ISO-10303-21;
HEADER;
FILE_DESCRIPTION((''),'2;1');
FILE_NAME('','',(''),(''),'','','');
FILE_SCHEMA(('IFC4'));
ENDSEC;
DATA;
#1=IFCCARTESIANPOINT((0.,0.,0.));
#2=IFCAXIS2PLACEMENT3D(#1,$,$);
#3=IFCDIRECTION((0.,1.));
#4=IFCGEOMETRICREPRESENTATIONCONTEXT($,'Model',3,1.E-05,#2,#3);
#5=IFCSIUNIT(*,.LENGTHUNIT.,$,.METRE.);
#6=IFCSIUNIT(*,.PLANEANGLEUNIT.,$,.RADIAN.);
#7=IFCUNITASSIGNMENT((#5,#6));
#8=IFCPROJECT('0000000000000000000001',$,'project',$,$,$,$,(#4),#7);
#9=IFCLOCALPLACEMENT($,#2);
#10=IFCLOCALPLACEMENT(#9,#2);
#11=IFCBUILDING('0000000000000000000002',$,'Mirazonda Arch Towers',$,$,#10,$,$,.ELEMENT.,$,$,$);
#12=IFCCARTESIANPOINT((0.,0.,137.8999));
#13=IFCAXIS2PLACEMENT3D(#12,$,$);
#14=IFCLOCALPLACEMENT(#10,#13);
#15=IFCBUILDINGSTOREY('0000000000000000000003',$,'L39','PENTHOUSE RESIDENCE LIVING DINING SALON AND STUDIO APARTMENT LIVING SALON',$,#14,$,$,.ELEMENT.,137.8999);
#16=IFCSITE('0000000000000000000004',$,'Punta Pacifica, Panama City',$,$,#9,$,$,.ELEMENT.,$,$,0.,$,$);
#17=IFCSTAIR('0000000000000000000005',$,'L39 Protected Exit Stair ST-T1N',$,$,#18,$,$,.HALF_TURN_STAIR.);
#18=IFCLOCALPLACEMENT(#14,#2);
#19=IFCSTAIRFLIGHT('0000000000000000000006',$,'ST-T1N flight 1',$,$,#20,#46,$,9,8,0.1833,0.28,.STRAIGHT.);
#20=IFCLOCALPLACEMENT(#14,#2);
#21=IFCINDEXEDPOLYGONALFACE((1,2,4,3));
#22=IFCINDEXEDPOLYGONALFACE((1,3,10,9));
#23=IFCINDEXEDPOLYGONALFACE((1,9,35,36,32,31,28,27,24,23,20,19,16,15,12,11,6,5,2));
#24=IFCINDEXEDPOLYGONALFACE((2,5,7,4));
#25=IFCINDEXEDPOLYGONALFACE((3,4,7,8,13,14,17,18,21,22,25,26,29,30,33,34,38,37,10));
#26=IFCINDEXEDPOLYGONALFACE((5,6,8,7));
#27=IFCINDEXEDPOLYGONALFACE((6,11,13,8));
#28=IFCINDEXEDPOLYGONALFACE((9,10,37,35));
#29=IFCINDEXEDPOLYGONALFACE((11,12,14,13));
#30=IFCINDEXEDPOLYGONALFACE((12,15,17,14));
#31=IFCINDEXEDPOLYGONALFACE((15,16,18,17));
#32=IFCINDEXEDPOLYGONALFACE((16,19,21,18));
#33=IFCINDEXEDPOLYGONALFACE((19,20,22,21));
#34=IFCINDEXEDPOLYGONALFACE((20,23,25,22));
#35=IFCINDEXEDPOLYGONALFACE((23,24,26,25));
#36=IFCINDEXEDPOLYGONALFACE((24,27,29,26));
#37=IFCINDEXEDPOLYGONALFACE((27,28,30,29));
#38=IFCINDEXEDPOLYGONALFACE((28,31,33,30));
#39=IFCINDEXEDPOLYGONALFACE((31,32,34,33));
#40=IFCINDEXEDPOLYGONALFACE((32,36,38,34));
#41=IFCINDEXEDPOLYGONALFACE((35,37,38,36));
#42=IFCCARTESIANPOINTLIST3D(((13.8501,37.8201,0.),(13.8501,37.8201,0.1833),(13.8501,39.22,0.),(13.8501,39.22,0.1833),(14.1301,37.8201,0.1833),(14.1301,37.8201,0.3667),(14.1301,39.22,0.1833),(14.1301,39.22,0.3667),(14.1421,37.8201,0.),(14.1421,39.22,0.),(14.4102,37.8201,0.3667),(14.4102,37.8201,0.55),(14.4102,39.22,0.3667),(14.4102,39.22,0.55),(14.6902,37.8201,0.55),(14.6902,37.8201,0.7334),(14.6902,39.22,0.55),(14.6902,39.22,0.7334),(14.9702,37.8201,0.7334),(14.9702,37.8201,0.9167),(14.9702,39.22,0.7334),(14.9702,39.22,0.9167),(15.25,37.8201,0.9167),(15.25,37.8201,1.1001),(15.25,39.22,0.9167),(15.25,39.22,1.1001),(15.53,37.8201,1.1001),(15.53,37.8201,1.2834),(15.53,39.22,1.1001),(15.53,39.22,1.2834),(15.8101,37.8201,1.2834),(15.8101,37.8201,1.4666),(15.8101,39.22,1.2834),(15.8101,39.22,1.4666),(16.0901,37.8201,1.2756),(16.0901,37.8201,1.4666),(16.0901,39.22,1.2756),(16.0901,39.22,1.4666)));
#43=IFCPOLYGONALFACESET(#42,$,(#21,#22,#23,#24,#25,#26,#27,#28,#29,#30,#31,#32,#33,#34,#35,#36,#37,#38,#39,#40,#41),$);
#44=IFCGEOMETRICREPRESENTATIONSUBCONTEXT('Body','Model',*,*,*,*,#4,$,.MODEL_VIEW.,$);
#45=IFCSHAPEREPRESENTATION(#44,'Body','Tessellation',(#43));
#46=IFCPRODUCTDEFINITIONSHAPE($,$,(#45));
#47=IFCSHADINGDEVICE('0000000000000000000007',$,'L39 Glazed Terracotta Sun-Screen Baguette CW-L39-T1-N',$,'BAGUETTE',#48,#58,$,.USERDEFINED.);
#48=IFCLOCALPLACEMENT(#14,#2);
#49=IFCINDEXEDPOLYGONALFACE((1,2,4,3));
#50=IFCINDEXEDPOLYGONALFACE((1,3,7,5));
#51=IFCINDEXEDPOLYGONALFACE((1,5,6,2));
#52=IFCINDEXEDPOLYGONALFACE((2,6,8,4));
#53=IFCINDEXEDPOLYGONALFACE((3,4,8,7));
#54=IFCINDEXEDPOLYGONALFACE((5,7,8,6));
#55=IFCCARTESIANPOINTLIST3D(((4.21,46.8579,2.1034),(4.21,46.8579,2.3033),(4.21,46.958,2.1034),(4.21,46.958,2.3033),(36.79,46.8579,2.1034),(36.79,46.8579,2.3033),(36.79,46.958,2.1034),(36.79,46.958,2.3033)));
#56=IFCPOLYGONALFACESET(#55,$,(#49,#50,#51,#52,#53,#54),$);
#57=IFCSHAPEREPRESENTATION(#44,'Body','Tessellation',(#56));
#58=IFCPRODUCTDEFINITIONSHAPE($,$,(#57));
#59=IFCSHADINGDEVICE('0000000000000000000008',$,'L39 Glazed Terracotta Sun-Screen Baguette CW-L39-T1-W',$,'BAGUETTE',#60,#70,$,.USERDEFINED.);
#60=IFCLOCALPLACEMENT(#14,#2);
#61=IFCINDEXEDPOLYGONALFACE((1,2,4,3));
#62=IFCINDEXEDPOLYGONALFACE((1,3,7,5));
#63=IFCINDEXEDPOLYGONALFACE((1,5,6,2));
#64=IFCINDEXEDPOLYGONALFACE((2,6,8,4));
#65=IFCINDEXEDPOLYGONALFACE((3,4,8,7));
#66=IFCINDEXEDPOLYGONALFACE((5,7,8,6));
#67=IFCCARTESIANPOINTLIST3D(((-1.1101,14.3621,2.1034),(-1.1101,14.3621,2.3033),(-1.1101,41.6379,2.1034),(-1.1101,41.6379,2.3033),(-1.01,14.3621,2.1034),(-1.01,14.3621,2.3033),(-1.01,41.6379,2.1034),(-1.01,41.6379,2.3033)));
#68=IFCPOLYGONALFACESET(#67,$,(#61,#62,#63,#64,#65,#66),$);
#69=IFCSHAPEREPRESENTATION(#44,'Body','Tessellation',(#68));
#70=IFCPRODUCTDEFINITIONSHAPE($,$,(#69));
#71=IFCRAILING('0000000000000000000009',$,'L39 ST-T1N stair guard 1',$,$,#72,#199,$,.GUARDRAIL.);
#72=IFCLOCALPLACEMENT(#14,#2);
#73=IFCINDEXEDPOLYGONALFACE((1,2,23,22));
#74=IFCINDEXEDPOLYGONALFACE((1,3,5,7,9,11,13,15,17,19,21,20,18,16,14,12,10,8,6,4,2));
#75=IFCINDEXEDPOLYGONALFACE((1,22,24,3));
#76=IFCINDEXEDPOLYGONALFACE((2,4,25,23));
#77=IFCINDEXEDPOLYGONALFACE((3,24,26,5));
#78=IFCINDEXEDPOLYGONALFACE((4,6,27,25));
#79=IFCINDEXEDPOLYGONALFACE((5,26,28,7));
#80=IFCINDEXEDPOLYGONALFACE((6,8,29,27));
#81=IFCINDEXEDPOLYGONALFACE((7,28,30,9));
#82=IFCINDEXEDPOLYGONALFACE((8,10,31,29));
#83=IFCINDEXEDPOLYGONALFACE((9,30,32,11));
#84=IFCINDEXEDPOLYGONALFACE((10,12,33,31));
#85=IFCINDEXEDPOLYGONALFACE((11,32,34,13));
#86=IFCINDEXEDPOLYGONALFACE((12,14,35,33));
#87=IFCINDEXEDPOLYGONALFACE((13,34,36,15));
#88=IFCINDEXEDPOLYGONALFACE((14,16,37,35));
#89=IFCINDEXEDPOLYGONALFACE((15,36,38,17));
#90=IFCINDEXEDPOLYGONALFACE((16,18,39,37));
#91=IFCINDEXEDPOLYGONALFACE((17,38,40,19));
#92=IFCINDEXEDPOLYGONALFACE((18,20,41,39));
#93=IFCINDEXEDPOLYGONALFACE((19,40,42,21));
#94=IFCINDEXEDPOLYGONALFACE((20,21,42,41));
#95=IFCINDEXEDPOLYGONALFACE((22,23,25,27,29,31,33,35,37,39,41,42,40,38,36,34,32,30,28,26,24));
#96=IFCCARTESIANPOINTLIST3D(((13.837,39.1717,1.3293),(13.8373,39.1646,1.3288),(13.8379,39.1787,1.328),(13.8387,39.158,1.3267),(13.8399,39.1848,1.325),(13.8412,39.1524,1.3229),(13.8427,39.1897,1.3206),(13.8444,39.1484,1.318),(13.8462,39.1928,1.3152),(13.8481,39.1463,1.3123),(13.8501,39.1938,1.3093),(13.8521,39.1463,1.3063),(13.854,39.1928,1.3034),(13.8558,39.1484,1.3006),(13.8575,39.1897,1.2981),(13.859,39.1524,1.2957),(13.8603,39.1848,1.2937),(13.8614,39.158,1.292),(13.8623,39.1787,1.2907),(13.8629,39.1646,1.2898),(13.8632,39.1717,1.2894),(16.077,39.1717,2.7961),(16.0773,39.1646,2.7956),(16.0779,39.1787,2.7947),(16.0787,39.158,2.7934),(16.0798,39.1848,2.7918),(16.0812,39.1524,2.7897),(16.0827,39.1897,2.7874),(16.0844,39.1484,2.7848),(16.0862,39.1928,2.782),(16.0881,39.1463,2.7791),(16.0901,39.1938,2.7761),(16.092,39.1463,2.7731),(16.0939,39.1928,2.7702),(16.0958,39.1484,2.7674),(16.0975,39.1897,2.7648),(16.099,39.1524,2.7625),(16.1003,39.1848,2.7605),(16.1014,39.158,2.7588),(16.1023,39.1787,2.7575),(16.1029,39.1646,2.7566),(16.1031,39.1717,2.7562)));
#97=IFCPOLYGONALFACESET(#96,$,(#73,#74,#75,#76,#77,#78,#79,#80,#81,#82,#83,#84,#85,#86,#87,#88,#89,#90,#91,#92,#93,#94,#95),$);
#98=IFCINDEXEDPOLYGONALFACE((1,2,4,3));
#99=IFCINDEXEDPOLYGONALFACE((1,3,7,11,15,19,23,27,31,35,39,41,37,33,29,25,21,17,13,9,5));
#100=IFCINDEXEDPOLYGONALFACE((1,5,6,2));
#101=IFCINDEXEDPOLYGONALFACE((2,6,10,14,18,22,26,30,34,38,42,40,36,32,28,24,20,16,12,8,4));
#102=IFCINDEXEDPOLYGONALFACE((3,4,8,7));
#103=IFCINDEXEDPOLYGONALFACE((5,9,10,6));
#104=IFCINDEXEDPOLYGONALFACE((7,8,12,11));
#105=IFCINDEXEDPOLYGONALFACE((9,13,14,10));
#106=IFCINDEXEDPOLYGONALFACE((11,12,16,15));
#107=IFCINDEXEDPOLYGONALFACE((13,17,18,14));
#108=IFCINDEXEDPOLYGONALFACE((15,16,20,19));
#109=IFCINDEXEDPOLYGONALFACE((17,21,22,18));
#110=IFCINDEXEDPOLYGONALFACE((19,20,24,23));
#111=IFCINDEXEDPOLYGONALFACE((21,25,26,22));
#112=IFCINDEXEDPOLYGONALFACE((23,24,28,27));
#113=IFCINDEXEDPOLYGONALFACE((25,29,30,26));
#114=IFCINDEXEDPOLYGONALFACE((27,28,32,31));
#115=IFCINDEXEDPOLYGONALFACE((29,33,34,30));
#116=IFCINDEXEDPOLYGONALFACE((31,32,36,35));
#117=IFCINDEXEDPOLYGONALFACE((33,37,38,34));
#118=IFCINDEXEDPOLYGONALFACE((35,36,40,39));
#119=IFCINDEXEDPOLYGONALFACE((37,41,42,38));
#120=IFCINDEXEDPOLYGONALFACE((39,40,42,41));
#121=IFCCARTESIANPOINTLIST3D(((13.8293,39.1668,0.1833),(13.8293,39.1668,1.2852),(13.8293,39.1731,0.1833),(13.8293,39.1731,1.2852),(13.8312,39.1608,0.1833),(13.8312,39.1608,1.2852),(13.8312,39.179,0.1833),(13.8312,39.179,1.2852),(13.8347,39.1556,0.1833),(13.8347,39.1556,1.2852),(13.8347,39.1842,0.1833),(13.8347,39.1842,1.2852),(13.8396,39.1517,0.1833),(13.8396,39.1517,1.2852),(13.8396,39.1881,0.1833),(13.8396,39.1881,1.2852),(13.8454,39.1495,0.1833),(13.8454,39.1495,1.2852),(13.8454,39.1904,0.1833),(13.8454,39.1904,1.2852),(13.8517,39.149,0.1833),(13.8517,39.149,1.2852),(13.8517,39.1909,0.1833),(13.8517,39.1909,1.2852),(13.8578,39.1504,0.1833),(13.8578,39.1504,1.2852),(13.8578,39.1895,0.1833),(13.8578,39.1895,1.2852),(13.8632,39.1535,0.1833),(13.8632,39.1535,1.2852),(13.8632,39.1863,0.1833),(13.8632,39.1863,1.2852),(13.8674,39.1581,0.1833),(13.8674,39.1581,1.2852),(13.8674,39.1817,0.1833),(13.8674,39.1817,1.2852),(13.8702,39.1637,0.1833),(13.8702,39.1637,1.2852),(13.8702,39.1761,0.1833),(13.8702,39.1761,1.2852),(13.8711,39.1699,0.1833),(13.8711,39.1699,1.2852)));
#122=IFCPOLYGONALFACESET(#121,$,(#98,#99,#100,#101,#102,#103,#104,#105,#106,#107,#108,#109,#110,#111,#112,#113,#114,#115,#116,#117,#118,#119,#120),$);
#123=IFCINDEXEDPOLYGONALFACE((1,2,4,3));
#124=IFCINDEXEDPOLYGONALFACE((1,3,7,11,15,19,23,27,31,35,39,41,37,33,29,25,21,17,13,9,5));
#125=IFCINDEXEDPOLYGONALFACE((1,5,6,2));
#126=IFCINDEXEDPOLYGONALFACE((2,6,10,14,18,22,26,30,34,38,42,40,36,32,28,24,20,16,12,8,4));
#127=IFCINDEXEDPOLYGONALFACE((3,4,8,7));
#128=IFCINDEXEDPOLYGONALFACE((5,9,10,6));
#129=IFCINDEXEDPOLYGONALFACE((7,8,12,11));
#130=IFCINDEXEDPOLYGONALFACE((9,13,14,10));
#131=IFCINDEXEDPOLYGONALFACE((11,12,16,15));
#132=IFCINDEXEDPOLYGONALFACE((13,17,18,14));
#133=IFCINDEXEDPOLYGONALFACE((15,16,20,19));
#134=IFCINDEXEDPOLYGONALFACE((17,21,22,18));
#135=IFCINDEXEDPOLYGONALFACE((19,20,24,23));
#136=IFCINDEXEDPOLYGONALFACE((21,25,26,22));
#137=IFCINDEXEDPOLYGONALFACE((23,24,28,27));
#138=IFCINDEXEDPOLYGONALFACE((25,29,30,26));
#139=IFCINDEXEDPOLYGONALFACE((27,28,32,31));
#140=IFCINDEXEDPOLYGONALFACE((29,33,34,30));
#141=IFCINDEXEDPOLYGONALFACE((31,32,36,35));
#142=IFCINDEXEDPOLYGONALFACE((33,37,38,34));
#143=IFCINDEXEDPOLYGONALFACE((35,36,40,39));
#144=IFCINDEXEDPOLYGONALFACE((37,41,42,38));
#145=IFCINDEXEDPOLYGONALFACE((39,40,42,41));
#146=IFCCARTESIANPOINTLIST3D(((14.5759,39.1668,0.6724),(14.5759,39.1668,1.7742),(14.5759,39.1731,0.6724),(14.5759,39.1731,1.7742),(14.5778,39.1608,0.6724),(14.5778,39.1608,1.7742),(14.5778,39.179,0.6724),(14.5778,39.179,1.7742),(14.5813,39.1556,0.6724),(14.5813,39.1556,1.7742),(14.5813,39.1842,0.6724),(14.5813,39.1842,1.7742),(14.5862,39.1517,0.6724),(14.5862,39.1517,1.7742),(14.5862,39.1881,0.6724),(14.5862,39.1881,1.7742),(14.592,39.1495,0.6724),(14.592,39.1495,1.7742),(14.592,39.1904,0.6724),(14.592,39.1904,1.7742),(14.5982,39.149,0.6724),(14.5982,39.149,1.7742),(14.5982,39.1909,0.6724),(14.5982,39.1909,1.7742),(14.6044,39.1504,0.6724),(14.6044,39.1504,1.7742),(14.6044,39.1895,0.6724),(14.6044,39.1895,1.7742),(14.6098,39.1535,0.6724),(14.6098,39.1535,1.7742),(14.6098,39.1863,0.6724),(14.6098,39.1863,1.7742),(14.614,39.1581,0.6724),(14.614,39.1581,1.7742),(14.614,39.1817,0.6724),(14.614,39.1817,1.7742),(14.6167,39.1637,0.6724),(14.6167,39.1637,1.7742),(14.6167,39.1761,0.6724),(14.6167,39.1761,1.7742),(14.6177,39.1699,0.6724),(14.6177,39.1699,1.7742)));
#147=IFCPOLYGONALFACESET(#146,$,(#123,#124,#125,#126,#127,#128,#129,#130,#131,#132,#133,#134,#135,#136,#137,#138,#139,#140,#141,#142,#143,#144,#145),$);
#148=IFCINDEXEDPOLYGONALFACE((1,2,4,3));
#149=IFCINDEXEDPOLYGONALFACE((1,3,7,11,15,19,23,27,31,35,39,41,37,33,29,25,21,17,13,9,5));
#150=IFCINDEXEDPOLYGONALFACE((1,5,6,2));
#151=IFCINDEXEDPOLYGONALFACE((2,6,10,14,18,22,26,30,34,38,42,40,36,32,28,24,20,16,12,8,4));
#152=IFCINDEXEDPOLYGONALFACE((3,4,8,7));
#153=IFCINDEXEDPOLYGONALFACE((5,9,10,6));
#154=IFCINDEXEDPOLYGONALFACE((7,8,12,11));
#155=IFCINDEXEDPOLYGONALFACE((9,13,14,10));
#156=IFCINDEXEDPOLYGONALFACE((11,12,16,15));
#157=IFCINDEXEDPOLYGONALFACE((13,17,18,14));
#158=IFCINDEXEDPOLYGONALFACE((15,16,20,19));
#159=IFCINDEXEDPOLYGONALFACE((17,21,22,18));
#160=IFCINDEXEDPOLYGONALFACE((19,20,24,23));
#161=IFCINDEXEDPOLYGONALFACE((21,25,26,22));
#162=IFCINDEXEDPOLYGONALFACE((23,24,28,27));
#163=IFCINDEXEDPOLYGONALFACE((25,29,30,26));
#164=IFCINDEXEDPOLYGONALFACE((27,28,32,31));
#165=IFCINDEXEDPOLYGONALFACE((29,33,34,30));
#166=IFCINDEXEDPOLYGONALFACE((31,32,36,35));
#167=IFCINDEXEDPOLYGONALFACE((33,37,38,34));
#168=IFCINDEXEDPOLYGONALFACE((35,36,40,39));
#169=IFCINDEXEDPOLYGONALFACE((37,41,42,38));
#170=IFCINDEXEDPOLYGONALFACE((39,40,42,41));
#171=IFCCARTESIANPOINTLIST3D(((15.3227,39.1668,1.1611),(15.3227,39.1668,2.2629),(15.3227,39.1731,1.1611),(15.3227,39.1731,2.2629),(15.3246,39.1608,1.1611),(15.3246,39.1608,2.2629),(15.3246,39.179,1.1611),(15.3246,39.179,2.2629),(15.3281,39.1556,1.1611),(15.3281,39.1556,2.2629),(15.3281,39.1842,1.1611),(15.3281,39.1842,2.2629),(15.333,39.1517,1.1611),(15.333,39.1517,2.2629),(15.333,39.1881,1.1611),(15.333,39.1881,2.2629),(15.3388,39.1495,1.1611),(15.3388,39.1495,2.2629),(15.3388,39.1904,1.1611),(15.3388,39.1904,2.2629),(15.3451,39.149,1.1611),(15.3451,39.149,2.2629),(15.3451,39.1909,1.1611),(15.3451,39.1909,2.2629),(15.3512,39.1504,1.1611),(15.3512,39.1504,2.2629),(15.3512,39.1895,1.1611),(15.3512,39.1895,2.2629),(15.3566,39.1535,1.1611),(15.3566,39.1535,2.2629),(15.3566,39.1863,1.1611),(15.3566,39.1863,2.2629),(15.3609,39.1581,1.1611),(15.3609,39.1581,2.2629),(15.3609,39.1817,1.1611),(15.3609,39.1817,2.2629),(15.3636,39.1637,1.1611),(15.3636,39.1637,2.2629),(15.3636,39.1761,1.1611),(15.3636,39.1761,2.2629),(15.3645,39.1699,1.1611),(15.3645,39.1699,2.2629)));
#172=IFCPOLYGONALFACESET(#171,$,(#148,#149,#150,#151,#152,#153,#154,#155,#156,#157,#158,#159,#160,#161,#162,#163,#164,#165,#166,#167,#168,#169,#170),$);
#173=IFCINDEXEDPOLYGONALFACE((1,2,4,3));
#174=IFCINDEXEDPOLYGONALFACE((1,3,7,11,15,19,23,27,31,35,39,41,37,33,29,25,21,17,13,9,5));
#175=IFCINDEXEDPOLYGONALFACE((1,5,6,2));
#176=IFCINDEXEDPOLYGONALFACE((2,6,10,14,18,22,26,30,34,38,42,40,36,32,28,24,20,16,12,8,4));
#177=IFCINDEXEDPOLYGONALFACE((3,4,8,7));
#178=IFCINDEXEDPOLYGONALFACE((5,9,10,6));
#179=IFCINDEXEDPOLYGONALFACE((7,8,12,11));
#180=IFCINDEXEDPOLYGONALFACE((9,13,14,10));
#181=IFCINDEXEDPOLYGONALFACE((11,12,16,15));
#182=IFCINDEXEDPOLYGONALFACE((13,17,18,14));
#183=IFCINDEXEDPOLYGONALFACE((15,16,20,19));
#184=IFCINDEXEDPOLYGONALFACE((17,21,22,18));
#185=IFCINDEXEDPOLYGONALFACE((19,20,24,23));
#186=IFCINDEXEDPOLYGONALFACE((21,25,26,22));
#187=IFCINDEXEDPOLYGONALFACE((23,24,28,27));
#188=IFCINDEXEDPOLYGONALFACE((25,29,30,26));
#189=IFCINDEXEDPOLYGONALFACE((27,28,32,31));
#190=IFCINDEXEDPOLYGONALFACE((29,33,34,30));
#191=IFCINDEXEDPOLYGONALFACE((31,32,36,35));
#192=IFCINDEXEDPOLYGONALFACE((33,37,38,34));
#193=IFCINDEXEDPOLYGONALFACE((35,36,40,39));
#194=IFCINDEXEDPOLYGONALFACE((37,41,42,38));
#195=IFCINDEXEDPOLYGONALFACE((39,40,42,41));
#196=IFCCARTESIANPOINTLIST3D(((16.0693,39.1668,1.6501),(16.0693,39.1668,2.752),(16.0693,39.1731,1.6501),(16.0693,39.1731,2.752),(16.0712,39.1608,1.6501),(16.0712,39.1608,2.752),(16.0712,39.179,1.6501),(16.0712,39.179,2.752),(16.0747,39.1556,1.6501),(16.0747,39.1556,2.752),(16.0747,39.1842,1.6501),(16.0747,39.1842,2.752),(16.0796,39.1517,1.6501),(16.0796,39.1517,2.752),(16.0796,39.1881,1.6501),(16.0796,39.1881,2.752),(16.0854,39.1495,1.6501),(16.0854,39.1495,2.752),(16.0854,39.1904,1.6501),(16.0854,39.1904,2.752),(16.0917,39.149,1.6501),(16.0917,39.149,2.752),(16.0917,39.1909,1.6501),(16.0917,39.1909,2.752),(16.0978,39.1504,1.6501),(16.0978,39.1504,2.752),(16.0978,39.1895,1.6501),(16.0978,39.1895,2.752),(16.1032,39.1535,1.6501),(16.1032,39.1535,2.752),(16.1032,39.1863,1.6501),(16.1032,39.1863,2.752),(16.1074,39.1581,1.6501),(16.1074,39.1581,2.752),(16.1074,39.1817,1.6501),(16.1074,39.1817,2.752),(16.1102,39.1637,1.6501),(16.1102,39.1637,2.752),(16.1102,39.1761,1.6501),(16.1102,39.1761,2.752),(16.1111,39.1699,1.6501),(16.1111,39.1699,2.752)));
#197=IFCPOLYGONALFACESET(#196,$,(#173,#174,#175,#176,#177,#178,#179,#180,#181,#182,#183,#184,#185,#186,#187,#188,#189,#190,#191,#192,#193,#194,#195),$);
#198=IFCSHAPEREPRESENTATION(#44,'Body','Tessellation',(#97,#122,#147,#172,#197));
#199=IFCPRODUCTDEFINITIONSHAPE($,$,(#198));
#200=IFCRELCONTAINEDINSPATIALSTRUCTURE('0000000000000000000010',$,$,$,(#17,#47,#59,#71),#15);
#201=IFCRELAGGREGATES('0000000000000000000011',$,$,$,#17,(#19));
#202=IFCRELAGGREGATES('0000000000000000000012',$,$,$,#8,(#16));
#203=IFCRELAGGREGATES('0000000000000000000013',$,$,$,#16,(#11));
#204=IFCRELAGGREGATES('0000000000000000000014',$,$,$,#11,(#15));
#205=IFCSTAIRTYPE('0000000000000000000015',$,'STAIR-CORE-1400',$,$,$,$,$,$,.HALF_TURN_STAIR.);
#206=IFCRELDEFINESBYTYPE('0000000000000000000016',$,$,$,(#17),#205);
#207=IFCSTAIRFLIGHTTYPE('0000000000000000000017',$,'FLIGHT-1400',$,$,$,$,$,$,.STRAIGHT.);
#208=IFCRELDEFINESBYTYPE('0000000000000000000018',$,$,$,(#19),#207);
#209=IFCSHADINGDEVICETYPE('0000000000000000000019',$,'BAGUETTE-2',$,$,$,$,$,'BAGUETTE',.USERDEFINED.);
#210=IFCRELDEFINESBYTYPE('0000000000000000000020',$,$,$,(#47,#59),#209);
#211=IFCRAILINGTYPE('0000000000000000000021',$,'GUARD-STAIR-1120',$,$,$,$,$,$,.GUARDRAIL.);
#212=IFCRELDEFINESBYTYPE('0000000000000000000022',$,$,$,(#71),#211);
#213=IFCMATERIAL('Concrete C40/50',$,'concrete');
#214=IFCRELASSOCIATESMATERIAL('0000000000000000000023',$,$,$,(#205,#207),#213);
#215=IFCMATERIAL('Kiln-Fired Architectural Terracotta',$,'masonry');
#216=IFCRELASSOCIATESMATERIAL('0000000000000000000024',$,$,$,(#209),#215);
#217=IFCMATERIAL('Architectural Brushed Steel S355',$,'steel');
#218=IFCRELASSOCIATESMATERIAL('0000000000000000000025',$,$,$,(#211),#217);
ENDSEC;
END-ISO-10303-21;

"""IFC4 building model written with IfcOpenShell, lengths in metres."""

from ifc_helpers import new_model, si_unit, direction, frame, origin, origin_2d, place, context, subcontext, project, spatial, polyline, rectangle, circle, outline, extrude, material, material_profile, profile_set, type_object, element, aggregate, save


model = new_model("IFC4")

# Units and contexts
model_context = context("Model", 3, precision=1e-05, world=origin(), true_north=direction((0.0, 1.0)))
body_context = subcontext(model_context, "Body", "Model", "MODEL_VIEW")
ifc_project = project(units=[si_unit("LENGTHUNIT", "METRE"), si_unit("PLANEANGLEUNIT", "RADIAN")], contexts=[model_context])

# Site, building, storey
site_placement = place(None, origin())
site = spatial("IfcSite", under=ifc_project, at=site_placement, Name="Punta Pacifica, Panama City", CompositionType="ELEMENT", RefElevation=0.0)
building_placement = place(site_placement, origin())
building = spatial("IfcBuilding", under=site, at=building_placement, Name="Mirazonda Arch Towers", CompositionType="ELEMENT")
storey_placement = place(building_placement, frame((0.0, 0.0, 137.8999)))
storey = spatial("IfcBuildingStorey", under=building, at=storey_placement, Name="L39", Description="PENTHOUSE RESIDENCE LIVING DINING SALON AND STUDIO APARTMENT LIVING SALON", CompositionType="ELEMENT", Elevation=137.8999)

# Shared definitions
ifc_material_1 = material(Name="Architectural Brushed Steel S355", Category="steel")

# Stair, stair flight
ifc_material_2 = material(Name="Concrete C40/50", Category="concrete")
stair_type = type_object("IfcStairType", Name="STAIR-CORE-1400", PredefinedType="HALF_TURN_STAIR", material=ifc_material_2)
stair_placement = place(storey_placement, origin())
stair = element("IfcStair", 1, at=stair_placement, inside=storey, type_object=stair_type, Name="L39 Protected Exit Stair ST-T1N", PredefinedType="HALF_TURN_STAIR")
stair_flight_type = type_object("IfcStairFlightType", Name="FLIGHT-1400", PredefinedType="STRAIGHT", material=ifc_material_2)
stair_flight_placement = place(storey_placement, frame((13.8501, 38.52, 0.0), z_axis=(0.0, 0.0, 1.0), x_axis=(1.0, 0.0, 0.0)))
stair_flight = element("IfcStairFlight", 2, at=stair_flight_placement, type_object=stair_flight_type, Name="ST-T1N flight 1", NumberOfRisers=9, NumberOfTreads=8, PredefinedType="STRAIGHT", RiserHeight=0.1833, TreadLength=0.28, context=body_context, shape_type="SweptSolid", body=[
    extrude(outline(polyline([(0.0, 0.0), (0.0, 0.1833), (0.28, 0.1833), (0.28, 0.3667), (0.5601, 0.3667), (0.5601, 0.55), (0.8401, 0.55), (0.8401, 0.7334), (1.1201, 0.7334), (1.1201, 0.9167), (1.3999, 0.9167), (1.3999, 1.1001), (1.6799, 1.1001), (1.6799, 1.2834), (1.96, 1.2834), (1.96, 1.4666), (2.24, 1.4666), (2.24, 1.6499), (2.24, 1.2756), (0.292, 0.0), (0.0, 0.0)])), frame((0.0, 0.7, 0.0), z_axis=(0.0, -1.0, 0.0), x_axis=(1.0, 0.0, 0.0)), (0.0, 0.0, 1.0), 1.3999),
])
aggregate(stair, [stair_flight])

# Shading devices
ifc_material_3 = material(Name="Kiln-Fired Architectural Terracotta", Category="masonry")
ifc_material_profile_1 = material_profile(ifc_material_3, rectangle(XDim=0.1001, YDim=0.2, at=origin_2d()), Name="TERRA-BAG-100x200")
ifc_profile_set_1 = profile_set([ifc_material_profile_1], Name="Kiln-Fired Architectural Terracotta")
shading_device_type = type_object("IfcShadingDeviceType", Name="BAGUETTE-2", ElementType="BAGUETTE", PredefinedType="USERDEFINED", material=ifc_profile_set_1)
shading_device_1_placement = place(storey_placement, frame((4.21, 46.908, 2.2034), z_axis=(1.0, 0.0, 0.0), x_axis=(0.0, 1.0, 0.0)))
element("IfcShadingDevice", 3, at=shading_device_1_placement, inside=storey, type_object=shading_device_type, Name="L39 Glazed Terracotta Sun-Screen Baguette CW-L39-T1-N", ObjectType="BAGUETTE", PredefinedType="USERDEFINED", context=body_context, shape_type="SweptSolid", body=[
    extrude(rectangle(XDim=0.1001, YDim=0.2, at=origin_2d()), origin(), (0.0, 0.0, 1.0), 32.5801),
])
shading_device_2_placement = place(storey_placement, frame((-1.0601, 41.6379, 2.2034), z_axis=(0.0, -1.0, 0.0), x_axis=(1.0, 0.0, 0.0)))
element("IfcShadingDevice", 4, at=shading_device_2_placement, inside=storey, type_object=shading_device_type, Name="L39 Glazed Terracotta Sun-Screen Baguette CW-L39-T1-W", ObjectType="BAGUETTE", PredefinedType="USERDEFINED", context=body_context, shape_type="SweptSolid", body=[
    extrude(rectangle(XDim=0.1001, YDim=0.2, at=origin_2d()), origin(), (0.0, 0.0, 1.0), 27.2759),
])

# Railing
railing_type_1 = type_object("IfcRailingType", Name="GUARD-STAIR-1120", PredefinedType="GUARDRAIL", material=ifc_material_1)
railing_1_placement = place(storey_placement, frame((13.8501, 39.1699, 0.1833)))
element("IfcRailing", 5, at=railing_1_placement, inside=storey, type_object=railing_type_1, Name="L39 ST-T1N stair guard 1", PredefinedType="GUARDRAIL", context=body_context, shape_type="SweptSolid", body=[
    extrude(circle(Radius=0.0239, at=origin_2d()), frame((0.0, 0.0, 1.126), z_axis=(0.836595, 0.0, 0.547822), x_axis=(0.0, 1.0, 0.0)), (0.0, 0.0, 1.0), 2.6775),
    extrude(circle(Radius=0.021, at=origin_2d()), origin(), (0.0, 0.0, 1.0), 1.1018),
    extrude(circle(Radius=0.021, at=origin_2d()), frame((0.7466, 0.0, 0.489)), (0.0, 0.0, 1.0), 1.1018),
    extrude(circle(Radius=0.021, at=origin_2d()), frame((1.4934, 0.0, 0.9778)), (0.0, 0.0, 1.0), 1.1018),
    extrude(circle(Radius=0.021, at=origin_2d()), frame((2.24, 0.0, 1.4668)), (0.0, 0.0, 1.0), 1.1018),
])

save(model, "model.ifc")
